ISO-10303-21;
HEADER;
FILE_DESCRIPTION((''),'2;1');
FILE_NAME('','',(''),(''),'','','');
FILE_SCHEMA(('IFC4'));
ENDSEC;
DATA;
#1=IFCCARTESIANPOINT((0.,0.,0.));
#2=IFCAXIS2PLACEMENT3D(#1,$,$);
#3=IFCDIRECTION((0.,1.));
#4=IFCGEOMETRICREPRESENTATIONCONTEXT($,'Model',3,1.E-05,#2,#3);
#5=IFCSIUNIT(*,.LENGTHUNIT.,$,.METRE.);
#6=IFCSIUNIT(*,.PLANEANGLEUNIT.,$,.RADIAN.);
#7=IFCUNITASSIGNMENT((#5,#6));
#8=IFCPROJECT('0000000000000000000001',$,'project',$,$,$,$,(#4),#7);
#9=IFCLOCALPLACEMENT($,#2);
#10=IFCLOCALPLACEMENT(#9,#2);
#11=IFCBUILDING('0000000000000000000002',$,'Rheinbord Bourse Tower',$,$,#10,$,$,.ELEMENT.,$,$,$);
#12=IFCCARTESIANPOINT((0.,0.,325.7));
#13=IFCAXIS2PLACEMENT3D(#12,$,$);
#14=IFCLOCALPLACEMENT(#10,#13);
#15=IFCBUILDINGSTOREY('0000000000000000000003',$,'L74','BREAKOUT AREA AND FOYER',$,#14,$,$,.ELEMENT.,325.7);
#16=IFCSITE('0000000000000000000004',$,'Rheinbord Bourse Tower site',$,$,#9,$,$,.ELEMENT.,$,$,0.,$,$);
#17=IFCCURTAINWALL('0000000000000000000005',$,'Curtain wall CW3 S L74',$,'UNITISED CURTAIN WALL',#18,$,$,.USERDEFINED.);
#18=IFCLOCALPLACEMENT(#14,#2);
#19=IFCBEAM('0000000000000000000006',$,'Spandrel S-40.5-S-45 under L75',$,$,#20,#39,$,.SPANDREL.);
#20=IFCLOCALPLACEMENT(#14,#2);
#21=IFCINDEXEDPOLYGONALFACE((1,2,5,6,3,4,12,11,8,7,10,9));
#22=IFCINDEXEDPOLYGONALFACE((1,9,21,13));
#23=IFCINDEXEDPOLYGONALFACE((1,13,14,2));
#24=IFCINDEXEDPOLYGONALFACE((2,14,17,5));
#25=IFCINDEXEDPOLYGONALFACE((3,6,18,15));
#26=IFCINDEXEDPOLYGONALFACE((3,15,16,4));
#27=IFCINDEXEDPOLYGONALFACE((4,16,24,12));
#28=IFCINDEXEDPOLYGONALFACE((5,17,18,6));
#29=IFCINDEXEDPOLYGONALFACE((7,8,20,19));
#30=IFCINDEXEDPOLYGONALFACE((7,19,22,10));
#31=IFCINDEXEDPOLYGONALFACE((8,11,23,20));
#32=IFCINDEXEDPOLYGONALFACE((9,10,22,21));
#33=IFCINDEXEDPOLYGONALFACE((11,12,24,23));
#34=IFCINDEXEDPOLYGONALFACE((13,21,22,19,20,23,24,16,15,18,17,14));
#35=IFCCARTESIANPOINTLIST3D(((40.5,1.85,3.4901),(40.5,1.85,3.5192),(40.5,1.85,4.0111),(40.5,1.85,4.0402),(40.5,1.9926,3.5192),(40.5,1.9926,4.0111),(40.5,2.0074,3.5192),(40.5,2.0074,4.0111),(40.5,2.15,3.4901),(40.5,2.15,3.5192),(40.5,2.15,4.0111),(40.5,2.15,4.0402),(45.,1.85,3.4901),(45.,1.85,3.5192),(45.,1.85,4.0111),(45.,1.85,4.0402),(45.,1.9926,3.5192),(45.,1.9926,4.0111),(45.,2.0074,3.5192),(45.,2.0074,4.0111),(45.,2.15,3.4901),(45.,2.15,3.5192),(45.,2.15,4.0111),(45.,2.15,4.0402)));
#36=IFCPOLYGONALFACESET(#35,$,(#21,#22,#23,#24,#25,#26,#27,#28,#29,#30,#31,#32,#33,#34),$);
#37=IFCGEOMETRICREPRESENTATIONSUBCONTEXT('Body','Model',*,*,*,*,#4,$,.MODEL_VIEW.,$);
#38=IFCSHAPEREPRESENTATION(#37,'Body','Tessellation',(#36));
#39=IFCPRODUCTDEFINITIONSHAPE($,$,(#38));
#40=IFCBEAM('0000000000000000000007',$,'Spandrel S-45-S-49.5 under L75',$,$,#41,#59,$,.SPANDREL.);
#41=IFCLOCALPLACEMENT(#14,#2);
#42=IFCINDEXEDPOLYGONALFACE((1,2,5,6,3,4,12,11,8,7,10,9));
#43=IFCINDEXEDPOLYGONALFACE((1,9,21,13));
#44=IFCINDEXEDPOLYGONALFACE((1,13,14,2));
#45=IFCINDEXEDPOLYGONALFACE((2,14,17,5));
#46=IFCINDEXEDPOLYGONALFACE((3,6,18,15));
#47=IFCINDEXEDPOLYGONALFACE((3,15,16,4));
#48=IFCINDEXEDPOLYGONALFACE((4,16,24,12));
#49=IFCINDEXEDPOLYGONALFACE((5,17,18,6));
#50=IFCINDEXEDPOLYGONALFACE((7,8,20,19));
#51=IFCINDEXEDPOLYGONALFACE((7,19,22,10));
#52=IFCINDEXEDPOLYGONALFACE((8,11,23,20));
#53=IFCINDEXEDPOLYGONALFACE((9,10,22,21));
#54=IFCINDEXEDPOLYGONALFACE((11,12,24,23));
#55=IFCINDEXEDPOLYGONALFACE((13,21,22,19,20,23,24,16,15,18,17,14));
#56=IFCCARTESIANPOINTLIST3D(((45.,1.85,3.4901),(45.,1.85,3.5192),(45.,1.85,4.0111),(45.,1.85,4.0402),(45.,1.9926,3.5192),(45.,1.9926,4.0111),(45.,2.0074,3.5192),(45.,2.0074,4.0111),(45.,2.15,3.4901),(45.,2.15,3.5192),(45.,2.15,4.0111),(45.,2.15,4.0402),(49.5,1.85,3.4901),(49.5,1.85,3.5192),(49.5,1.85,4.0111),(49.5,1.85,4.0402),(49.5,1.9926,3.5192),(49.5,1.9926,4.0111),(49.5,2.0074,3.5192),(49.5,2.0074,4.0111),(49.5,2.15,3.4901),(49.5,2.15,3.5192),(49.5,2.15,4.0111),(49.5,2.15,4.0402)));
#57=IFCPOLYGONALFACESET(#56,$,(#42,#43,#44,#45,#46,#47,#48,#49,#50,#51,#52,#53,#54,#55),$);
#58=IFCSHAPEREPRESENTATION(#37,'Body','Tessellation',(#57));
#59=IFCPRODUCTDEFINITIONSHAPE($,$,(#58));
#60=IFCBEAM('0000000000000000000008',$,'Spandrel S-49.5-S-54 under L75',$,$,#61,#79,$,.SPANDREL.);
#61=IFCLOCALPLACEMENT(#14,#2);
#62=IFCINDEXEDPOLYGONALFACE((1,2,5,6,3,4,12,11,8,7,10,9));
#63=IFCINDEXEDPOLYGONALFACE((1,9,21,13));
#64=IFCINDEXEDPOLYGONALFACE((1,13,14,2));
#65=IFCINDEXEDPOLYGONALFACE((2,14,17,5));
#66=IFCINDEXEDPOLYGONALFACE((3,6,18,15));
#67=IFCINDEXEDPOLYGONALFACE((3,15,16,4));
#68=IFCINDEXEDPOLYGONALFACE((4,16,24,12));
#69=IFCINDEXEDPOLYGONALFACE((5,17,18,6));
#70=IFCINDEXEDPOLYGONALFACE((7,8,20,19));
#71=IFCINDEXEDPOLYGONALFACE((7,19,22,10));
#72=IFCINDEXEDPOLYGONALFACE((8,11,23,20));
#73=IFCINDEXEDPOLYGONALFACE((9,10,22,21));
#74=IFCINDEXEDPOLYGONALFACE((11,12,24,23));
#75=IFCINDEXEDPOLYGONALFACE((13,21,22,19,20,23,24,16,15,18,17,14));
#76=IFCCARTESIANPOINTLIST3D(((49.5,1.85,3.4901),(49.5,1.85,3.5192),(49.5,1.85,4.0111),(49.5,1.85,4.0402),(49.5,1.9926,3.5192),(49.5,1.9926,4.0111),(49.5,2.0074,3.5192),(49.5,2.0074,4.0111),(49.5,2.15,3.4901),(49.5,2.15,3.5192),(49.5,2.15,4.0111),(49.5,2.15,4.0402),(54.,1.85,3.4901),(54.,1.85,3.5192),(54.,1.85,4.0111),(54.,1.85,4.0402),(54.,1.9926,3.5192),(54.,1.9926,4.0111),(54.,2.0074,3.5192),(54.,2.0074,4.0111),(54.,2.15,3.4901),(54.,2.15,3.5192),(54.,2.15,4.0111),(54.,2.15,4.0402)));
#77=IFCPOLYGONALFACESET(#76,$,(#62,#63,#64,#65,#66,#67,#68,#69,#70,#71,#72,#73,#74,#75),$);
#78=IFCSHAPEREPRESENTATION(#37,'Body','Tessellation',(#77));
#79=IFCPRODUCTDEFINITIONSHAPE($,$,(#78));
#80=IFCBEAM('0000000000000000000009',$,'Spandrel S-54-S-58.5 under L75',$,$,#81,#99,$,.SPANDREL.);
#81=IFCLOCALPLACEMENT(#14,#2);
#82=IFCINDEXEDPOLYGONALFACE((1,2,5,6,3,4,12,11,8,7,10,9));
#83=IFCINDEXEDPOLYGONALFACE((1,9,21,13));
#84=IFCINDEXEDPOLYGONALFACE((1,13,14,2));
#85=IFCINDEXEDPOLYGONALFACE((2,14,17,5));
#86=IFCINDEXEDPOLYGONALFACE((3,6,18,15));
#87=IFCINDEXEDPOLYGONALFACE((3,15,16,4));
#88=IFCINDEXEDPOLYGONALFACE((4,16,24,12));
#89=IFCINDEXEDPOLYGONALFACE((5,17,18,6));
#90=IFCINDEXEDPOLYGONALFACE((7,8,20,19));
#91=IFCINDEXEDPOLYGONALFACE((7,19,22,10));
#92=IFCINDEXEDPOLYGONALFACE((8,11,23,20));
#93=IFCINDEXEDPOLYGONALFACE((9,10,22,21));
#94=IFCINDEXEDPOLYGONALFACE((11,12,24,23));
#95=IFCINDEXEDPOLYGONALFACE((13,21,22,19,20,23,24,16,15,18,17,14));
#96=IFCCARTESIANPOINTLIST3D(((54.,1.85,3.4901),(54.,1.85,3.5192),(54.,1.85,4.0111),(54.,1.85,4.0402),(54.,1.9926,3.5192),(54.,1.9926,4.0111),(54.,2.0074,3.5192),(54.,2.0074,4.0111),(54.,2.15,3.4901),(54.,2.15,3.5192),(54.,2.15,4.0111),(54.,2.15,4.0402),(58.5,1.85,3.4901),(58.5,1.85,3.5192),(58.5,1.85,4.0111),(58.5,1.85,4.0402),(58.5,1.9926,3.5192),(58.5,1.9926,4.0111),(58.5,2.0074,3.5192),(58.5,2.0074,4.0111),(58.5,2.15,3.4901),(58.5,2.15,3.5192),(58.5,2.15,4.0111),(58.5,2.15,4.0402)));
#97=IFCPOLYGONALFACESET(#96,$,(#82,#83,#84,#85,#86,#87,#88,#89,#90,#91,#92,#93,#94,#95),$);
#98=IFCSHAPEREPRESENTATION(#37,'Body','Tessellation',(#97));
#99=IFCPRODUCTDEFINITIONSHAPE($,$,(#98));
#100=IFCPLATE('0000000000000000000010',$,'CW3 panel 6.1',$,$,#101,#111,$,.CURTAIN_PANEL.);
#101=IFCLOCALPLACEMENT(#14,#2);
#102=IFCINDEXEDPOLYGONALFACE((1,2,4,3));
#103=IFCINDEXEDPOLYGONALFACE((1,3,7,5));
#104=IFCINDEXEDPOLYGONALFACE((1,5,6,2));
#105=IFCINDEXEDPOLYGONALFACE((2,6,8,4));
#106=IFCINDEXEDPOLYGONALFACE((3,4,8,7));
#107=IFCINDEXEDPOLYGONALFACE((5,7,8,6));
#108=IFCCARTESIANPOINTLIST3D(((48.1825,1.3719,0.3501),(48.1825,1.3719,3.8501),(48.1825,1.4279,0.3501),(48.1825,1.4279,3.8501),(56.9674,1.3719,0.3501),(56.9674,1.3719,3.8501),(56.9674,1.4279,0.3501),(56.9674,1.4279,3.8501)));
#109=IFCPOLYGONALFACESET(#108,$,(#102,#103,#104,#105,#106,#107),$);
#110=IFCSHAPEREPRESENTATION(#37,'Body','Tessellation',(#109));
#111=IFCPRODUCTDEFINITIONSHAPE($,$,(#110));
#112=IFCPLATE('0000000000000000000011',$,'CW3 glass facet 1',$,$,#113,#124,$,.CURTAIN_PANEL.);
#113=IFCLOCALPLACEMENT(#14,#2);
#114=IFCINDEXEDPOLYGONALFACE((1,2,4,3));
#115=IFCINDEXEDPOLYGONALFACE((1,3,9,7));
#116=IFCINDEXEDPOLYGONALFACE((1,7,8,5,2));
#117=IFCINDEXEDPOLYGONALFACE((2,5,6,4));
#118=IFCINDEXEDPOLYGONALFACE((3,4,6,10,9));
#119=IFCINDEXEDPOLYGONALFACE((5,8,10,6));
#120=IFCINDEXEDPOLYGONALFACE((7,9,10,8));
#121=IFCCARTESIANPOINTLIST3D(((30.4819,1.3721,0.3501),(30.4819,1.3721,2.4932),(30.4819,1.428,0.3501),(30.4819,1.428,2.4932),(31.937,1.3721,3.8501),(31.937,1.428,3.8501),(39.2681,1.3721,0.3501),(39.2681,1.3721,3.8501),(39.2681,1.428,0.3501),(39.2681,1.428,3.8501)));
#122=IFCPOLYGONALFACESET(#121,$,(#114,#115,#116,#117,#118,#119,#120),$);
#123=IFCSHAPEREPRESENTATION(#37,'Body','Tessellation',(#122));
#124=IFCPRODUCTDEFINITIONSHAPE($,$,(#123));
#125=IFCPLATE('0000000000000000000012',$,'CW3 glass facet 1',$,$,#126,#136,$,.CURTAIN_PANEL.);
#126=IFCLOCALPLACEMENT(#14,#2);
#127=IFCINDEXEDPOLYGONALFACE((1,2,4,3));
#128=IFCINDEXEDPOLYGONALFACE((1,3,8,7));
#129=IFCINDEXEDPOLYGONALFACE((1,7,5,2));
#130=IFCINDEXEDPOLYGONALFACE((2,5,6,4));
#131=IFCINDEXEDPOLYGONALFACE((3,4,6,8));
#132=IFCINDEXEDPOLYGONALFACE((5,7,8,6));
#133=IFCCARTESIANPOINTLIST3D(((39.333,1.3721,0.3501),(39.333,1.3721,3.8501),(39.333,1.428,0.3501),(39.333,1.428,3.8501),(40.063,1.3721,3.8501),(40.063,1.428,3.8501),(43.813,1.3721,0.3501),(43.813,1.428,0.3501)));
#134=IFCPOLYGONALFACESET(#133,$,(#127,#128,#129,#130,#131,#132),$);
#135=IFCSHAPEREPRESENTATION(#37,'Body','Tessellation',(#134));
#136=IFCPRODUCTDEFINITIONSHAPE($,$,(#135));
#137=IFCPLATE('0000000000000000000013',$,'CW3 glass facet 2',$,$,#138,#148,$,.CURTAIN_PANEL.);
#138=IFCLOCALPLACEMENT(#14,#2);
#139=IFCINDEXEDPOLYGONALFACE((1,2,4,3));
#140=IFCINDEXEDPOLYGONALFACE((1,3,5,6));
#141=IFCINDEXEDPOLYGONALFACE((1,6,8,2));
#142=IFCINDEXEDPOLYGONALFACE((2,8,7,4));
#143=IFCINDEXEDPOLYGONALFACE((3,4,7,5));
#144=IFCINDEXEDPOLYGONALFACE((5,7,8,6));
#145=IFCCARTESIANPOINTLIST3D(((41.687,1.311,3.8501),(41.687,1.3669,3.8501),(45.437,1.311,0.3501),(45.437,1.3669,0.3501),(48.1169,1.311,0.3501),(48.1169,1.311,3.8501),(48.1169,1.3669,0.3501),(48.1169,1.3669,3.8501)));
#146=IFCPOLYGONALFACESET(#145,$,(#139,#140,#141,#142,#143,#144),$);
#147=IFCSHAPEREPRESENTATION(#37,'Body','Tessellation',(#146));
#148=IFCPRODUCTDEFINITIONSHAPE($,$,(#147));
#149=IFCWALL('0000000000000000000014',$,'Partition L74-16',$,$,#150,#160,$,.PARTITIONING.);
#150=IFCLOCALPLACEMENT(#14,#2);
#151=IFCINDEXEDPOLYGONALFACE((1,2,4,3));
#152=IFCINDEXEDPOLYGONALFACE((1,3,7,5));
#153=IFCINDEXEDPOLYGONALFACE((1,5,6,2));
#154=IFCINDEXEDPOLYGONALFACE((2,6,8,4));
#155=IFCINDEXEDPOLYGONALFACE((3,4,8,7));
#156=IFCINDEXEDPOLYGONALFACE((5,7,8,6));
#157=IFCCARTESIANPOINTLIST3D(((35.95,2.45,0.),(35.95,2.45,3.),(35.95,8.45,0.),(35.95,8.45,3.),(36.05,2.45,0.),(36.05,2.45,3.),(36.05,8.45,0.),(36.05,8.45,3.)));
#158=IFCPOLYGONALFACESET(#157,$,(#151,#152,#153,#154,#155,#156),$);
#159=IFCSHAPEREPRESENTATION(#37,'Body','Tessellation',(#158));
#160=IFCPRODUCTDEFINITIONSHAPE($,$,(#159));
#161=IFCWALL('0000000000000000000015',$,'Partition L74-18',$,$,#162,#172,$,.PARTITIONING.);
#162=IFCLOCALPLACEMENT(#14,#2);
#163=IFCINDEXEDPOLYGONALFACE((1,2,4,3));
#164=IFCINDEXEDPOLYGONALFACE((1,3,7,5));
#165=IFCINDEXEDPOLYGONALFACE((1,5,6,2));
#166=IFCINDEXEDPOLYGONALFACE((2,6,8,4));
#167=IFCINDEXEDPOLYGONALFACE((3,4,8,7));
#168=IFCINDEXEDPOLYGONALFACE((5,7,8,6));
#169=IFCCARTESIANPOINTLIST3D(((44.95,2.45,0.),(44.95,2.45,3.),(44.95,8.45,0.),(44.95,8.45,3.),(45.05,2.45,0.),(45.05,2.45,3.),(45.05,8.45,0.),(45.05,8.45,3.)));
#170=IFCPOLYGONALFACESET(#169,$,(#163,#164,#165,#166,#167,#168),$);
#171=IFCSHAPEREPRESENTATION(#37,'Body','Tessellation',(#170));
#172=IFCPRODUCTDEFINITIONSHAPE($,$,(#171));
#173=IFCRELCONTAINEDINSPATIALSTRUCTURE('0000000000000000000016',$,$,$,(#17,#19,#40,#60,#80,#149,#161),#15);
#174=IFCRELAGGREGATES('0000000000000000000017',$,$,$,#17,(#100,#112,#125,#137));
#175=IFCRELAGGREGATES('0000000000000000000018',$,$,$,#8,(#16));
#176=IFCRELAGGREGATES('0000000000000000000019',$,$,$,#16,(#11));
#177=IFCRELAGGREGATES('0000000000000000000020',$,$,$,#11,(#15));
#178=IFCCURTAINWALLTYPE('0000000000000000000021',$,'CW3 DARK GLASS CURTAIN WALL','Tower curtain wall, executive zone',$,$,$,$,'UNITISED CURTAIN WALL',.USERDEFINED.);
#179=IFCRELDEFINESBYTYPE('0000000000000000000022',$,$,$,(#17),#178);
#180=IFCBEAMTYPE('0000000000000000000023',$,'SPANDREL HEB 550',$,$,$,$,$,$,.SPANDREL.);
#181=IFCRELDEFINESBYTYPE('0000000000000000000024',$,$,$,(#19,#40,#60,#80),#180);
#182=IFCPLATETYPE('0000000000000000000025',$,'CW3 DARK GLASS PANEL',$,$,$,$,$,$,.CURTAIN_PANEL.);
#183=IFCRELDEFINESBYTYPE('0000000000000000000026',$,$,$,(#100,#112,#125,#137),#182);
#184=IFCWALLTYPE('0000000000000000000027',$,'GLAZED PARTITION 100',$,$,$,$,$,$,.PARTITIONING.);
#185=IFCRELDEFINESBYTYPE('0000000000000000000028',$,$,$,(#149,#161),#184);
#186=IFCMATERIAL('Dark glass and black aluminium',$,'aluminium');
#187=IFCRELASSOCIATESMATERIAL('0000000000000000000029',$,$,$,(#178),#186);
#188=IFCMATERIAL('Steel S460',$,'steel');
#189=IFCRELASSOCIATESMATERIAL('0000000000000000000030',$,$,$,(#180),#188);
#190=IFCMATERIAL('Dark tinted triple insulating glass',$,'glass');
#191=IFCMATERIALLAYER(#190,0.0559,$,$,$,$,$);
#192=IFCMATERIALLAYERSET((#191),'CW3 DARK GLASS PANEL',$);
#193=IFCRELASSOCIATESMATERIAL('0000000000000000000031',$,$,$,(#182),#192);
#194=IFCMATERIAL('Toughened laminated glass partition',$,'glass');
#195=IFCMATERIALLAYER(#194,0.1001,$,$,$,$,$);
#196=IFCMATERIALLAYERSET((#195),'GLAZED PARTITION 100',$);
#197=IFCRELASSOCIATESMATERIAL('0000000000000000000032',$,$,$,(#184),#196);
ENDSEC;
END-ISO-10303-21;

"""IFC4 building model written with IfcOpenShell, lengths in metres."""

from ifc_helpers import new_model, si_unit, direction, frame, frame_2d, origin, origin_2d, place, context, subcontext, project, spatial, polyline, rectangle, i_section, outline, extrude, material, layer, layer_set, material_profile, profile_set, type_object, element, aggregate, save


model = new_model("IFC4")

# Units and contexts
model_context = context("Model", 3, precision=1e-05, world=origin(), true_north=direction((0.0, 1.0)))
body_context = subcontext(model_context, "Body", "Model", "MODEL_VIEW")
ifc_project = project(units=[si_unit("LENGTHUNIT", "METRE"), si_unit("PLANEANGLEUNIT", "RADIAN")], contexts=[model_context])

# Site, building, storey
site_placement = place(None, origin())
site = spatial("IfcSite", under=ifc_project, at=site_placement, Name="Rheinbord Bourse Tower site", CompositionType="ELEMENT", RefElevation=0.0)
building_placement = place(site_placement, origin())
building = spatial("IfcBuilding", under=site, at=building_placement, Name="Rheinbord Bourse Tower", CompositionType="ELEMENT")
storey_placement = place(building_placement, frame((0.0, 0.0, 325.7)))
storey = spatial("IfcBuildingStorey", under=building, at=storey_placement, Name="L74", Description="BREAKOUT AREA AND FOYER", CompositionType="ELEMENT", Elevation=325.7)

# Curtain wall
ifc_material_1 = material(Name="Dark glass and black aluminium", Category="aluminium")
curtain_wall_type = type_object("IfcCurtainWallType", Name="CW3 DARK GLASS CURTAIN WALL", Description="Tower curtain wall, executive zone", ElementType="UNITISED CURTAIN WALL", PredefinedType="USERDEFINED", material=ifc_material_1)
curtain_wall_placement = place(storey_placement, origin())
curtain_wall = element("IfcCurtainWall", 1, at=curtain_wall_placement, inside=storey, type_object=curtain_wall_type, Name="Curtain wall CW3 S L74", ObjectType="UNITISED CURTAIN WALL", PredefinedType="USERDEFINED")

# Beams
ifc_material_2 = material(Name="Steel S460", Category="steel")
ifc_material_profile_1 = material_profile(ifc_material_2, i_section(OverallWidth=0.3, OverallDepth=0.55, WebThickness=0.0149, FlangeThickness=0.0291, at=origin_2d()), Name="HEB 550")
ifc_profile_set_1 = profile_set([ifc_material_profile_1], Name="Steel S460")
beam_type_1 = type_object("IfcBeamType", Name="SPANDREL HEB 550", PredefinedType="SPANDREL", material=ifc_profile_set_1)
for number, where, z_axis, x_axis, name in (
    (2, (40.5, 2.0, 3.7651), (1.0, 0.0, 0.0), (0.0, 1.0, 0.0), "Spandrel S-40.5-S-45 under L75"),
    (3, (45.0, 2.0, 3.7651), (1.0, 0.0, 0.0), (0.0, 1.0, 0.0), "Spandrel S-45-S-49.5 under L75"),
    (4, (49.5, 2.0, 3.7651), (1.0, 0.0, 0.0), (0.0, 1.0, 0.0), "Spandrel S-49.5-S-54 under L75"),
    (5, (54.0, 2.0, 3.7651), (1.0, 0.0, 0.0), (0.0, 1.0, 0.0), "Spandrel S-54-S-58.5 under L75"),
):
    element("IfcBeam", number, at=place(storey_placement, frame(where, z_axis=z_axis, x_axis=x_axis)), inside=storey, type_object=beam_type_1, Name=name, PredefinedType="SPANDREL", context=body_context, shape_type="SweptSolid", body=[
        extrude(i_section(OverallWidth=0.3, OverallDepth=0.55, WebThickness=0.0149, FlangeThickness=0.0291, at=origin_2d()), origin(), (0.0, 0.0, 1.0), 4.5),
    ])

# Plates
ifc_material_3 = material(Name="Dark tinted triple insulating glass", Category="glass")
ifc_layer_1 = layer(ifc_material_3, 0.0559)
ifc_layer_set_1 = layer_set([ifc_layer_1], Name="CW3 DARK GLASS PANEL")
plate_type = type_object("IfcPlateType", Name="CW3 DARK GLASS PANEL", PredefinedType="CURTAIN_PANEL", material=ifc_layer_set_1)
plate_1_placement = place(storey_placement, frame((52.575, 1.3999, 0.3501), z_axis=(0.0, 0.0, 1.0), x_axis=(1.0, 0.0, 0.0)))
plate_1 = element("IfcPlate", 6, at=plate_1_placement, type_object=plate_type, Name="CW3 panel 6.1", PredefinedType="CURTAIN_PANEL", context=body_context, shape_type="SweptSolid", body=[
    extrude(rectangle(XDim=8.7849, YDim=0.0559, at=origin_2d()), origin(), (0.0, 0.0, 1.0), 3.5),
])
plate_2_placement = place(storey_placement, frame((39.2681, 1.3721, 3.8501), z_axis=(0.0, 1.0, 0.0), x_axis=(0.0, 0.0, -1.0)))
plate_2 = element("IfcPlate", 7, at=plate_2_placement, type_object=plate_type, Name="CW3 glass facet 1", PredefinedType="CURTAIN_PANEL", context=body_context, shape_type="SweptSolid", body=[
    extrude(outline(polyline([(0.0, 0.0), (3.5, 0.0), (3.5, 8.7861), (1.3569, 8.7861), (0.0, 7.3311), (0.0, 0.0)])), origin(), (0.0, 0.0, 1.0), 0.0559),
])
plate_3_placement = place(storey_placement, frame((39.333, 1.3721, 0.3501), z_axis=(0.0, 1.0, 0.0), x_axis=(0.0, 0.0, 1.0)))
plate_3 = element("IfcPlate", 8, at=plate_3_placement, type_object=plate_type, Name="CW3 glass facet 1", PredefinedType="CURTAIN_PANEL", context=body_context, shape_type="SweptSolid", body=[
    extrude(outline(polyline([(0.0, 0.0), (3.5, 0.0), (3.5, 0.73), (0.0, 4.48), (0.0, 0.0)])), origin(), (0.0, 0.0, 1.0), 0.0559),
])
plate_4_placement = place(storey_placement, frame((48.1169, 1.311, 3.8501), z_axis=(0.0, 1.0, 0.0), x_axis=(0.0, 0.0, -1.0)))
plate_4 = element("IfcPlate", 9, at=plate_4_placement, type_object=plate_type, Name="CW3 glass facet 2", PredefinedType="CURTAIN_PANEL", context=body_context, shape_type="SweptSolid", body=[
    extrude(outline(polyline([(0.0, 0.0), (3.5, 0.0), (3.5, 2.6799), (0.0, 6.4299), (0.0, 0.0)])), origin(), (0.0, 0.0, 1.0), 0.0559),
])
aggregate(curtain_wall, [plate_1, plate_2, plate_3, plate_4])

# Walls
ifc_material_4 = material(Name="Toughened laminated glass partition", Category="glass")
ifc_layer_2 = layer(ifc_material_4, 0.1001)
ifc_layer_set_2 = layer_set([ifc_layer_2], Name="GLAZED PARTITION 100")
wall_type = type_object("IfcWallType", Name="GLAZED PARTITION 100", PredefinedType="PARTITIONING", material=ifc_layer_set_2)
for number, where, z_axis, x_axis, name in (
    (10, (36.0, 2.45, 0.0), (0.0, 0.0, 1.0), (0.0, 1.0, 0.0), "Partition L74-16"),
    (11, (45.0, 2.45, 0.0), (0.0, 0.0, 1.0), (0.0, 1.0, 0.0), "Partition L74-18"),
):
    element("IfcWall", number, at=place(storey_placement, frame(where, z_axis=z_axis, x_axis=x_axis)), inside=storey, type_object=wall_type, Name=name, PredefinedType="PARTITIONING", context=body_context, shape_type="SweptSolid", body=[
        extrude(rectangle(XDim=6.0, YDim=0.1001, at=frame_2d((3.0, 0.0))), origin(), (0.0, 0.0, 1.0), 3.0),
    ])

save(model, "model.ifc")
